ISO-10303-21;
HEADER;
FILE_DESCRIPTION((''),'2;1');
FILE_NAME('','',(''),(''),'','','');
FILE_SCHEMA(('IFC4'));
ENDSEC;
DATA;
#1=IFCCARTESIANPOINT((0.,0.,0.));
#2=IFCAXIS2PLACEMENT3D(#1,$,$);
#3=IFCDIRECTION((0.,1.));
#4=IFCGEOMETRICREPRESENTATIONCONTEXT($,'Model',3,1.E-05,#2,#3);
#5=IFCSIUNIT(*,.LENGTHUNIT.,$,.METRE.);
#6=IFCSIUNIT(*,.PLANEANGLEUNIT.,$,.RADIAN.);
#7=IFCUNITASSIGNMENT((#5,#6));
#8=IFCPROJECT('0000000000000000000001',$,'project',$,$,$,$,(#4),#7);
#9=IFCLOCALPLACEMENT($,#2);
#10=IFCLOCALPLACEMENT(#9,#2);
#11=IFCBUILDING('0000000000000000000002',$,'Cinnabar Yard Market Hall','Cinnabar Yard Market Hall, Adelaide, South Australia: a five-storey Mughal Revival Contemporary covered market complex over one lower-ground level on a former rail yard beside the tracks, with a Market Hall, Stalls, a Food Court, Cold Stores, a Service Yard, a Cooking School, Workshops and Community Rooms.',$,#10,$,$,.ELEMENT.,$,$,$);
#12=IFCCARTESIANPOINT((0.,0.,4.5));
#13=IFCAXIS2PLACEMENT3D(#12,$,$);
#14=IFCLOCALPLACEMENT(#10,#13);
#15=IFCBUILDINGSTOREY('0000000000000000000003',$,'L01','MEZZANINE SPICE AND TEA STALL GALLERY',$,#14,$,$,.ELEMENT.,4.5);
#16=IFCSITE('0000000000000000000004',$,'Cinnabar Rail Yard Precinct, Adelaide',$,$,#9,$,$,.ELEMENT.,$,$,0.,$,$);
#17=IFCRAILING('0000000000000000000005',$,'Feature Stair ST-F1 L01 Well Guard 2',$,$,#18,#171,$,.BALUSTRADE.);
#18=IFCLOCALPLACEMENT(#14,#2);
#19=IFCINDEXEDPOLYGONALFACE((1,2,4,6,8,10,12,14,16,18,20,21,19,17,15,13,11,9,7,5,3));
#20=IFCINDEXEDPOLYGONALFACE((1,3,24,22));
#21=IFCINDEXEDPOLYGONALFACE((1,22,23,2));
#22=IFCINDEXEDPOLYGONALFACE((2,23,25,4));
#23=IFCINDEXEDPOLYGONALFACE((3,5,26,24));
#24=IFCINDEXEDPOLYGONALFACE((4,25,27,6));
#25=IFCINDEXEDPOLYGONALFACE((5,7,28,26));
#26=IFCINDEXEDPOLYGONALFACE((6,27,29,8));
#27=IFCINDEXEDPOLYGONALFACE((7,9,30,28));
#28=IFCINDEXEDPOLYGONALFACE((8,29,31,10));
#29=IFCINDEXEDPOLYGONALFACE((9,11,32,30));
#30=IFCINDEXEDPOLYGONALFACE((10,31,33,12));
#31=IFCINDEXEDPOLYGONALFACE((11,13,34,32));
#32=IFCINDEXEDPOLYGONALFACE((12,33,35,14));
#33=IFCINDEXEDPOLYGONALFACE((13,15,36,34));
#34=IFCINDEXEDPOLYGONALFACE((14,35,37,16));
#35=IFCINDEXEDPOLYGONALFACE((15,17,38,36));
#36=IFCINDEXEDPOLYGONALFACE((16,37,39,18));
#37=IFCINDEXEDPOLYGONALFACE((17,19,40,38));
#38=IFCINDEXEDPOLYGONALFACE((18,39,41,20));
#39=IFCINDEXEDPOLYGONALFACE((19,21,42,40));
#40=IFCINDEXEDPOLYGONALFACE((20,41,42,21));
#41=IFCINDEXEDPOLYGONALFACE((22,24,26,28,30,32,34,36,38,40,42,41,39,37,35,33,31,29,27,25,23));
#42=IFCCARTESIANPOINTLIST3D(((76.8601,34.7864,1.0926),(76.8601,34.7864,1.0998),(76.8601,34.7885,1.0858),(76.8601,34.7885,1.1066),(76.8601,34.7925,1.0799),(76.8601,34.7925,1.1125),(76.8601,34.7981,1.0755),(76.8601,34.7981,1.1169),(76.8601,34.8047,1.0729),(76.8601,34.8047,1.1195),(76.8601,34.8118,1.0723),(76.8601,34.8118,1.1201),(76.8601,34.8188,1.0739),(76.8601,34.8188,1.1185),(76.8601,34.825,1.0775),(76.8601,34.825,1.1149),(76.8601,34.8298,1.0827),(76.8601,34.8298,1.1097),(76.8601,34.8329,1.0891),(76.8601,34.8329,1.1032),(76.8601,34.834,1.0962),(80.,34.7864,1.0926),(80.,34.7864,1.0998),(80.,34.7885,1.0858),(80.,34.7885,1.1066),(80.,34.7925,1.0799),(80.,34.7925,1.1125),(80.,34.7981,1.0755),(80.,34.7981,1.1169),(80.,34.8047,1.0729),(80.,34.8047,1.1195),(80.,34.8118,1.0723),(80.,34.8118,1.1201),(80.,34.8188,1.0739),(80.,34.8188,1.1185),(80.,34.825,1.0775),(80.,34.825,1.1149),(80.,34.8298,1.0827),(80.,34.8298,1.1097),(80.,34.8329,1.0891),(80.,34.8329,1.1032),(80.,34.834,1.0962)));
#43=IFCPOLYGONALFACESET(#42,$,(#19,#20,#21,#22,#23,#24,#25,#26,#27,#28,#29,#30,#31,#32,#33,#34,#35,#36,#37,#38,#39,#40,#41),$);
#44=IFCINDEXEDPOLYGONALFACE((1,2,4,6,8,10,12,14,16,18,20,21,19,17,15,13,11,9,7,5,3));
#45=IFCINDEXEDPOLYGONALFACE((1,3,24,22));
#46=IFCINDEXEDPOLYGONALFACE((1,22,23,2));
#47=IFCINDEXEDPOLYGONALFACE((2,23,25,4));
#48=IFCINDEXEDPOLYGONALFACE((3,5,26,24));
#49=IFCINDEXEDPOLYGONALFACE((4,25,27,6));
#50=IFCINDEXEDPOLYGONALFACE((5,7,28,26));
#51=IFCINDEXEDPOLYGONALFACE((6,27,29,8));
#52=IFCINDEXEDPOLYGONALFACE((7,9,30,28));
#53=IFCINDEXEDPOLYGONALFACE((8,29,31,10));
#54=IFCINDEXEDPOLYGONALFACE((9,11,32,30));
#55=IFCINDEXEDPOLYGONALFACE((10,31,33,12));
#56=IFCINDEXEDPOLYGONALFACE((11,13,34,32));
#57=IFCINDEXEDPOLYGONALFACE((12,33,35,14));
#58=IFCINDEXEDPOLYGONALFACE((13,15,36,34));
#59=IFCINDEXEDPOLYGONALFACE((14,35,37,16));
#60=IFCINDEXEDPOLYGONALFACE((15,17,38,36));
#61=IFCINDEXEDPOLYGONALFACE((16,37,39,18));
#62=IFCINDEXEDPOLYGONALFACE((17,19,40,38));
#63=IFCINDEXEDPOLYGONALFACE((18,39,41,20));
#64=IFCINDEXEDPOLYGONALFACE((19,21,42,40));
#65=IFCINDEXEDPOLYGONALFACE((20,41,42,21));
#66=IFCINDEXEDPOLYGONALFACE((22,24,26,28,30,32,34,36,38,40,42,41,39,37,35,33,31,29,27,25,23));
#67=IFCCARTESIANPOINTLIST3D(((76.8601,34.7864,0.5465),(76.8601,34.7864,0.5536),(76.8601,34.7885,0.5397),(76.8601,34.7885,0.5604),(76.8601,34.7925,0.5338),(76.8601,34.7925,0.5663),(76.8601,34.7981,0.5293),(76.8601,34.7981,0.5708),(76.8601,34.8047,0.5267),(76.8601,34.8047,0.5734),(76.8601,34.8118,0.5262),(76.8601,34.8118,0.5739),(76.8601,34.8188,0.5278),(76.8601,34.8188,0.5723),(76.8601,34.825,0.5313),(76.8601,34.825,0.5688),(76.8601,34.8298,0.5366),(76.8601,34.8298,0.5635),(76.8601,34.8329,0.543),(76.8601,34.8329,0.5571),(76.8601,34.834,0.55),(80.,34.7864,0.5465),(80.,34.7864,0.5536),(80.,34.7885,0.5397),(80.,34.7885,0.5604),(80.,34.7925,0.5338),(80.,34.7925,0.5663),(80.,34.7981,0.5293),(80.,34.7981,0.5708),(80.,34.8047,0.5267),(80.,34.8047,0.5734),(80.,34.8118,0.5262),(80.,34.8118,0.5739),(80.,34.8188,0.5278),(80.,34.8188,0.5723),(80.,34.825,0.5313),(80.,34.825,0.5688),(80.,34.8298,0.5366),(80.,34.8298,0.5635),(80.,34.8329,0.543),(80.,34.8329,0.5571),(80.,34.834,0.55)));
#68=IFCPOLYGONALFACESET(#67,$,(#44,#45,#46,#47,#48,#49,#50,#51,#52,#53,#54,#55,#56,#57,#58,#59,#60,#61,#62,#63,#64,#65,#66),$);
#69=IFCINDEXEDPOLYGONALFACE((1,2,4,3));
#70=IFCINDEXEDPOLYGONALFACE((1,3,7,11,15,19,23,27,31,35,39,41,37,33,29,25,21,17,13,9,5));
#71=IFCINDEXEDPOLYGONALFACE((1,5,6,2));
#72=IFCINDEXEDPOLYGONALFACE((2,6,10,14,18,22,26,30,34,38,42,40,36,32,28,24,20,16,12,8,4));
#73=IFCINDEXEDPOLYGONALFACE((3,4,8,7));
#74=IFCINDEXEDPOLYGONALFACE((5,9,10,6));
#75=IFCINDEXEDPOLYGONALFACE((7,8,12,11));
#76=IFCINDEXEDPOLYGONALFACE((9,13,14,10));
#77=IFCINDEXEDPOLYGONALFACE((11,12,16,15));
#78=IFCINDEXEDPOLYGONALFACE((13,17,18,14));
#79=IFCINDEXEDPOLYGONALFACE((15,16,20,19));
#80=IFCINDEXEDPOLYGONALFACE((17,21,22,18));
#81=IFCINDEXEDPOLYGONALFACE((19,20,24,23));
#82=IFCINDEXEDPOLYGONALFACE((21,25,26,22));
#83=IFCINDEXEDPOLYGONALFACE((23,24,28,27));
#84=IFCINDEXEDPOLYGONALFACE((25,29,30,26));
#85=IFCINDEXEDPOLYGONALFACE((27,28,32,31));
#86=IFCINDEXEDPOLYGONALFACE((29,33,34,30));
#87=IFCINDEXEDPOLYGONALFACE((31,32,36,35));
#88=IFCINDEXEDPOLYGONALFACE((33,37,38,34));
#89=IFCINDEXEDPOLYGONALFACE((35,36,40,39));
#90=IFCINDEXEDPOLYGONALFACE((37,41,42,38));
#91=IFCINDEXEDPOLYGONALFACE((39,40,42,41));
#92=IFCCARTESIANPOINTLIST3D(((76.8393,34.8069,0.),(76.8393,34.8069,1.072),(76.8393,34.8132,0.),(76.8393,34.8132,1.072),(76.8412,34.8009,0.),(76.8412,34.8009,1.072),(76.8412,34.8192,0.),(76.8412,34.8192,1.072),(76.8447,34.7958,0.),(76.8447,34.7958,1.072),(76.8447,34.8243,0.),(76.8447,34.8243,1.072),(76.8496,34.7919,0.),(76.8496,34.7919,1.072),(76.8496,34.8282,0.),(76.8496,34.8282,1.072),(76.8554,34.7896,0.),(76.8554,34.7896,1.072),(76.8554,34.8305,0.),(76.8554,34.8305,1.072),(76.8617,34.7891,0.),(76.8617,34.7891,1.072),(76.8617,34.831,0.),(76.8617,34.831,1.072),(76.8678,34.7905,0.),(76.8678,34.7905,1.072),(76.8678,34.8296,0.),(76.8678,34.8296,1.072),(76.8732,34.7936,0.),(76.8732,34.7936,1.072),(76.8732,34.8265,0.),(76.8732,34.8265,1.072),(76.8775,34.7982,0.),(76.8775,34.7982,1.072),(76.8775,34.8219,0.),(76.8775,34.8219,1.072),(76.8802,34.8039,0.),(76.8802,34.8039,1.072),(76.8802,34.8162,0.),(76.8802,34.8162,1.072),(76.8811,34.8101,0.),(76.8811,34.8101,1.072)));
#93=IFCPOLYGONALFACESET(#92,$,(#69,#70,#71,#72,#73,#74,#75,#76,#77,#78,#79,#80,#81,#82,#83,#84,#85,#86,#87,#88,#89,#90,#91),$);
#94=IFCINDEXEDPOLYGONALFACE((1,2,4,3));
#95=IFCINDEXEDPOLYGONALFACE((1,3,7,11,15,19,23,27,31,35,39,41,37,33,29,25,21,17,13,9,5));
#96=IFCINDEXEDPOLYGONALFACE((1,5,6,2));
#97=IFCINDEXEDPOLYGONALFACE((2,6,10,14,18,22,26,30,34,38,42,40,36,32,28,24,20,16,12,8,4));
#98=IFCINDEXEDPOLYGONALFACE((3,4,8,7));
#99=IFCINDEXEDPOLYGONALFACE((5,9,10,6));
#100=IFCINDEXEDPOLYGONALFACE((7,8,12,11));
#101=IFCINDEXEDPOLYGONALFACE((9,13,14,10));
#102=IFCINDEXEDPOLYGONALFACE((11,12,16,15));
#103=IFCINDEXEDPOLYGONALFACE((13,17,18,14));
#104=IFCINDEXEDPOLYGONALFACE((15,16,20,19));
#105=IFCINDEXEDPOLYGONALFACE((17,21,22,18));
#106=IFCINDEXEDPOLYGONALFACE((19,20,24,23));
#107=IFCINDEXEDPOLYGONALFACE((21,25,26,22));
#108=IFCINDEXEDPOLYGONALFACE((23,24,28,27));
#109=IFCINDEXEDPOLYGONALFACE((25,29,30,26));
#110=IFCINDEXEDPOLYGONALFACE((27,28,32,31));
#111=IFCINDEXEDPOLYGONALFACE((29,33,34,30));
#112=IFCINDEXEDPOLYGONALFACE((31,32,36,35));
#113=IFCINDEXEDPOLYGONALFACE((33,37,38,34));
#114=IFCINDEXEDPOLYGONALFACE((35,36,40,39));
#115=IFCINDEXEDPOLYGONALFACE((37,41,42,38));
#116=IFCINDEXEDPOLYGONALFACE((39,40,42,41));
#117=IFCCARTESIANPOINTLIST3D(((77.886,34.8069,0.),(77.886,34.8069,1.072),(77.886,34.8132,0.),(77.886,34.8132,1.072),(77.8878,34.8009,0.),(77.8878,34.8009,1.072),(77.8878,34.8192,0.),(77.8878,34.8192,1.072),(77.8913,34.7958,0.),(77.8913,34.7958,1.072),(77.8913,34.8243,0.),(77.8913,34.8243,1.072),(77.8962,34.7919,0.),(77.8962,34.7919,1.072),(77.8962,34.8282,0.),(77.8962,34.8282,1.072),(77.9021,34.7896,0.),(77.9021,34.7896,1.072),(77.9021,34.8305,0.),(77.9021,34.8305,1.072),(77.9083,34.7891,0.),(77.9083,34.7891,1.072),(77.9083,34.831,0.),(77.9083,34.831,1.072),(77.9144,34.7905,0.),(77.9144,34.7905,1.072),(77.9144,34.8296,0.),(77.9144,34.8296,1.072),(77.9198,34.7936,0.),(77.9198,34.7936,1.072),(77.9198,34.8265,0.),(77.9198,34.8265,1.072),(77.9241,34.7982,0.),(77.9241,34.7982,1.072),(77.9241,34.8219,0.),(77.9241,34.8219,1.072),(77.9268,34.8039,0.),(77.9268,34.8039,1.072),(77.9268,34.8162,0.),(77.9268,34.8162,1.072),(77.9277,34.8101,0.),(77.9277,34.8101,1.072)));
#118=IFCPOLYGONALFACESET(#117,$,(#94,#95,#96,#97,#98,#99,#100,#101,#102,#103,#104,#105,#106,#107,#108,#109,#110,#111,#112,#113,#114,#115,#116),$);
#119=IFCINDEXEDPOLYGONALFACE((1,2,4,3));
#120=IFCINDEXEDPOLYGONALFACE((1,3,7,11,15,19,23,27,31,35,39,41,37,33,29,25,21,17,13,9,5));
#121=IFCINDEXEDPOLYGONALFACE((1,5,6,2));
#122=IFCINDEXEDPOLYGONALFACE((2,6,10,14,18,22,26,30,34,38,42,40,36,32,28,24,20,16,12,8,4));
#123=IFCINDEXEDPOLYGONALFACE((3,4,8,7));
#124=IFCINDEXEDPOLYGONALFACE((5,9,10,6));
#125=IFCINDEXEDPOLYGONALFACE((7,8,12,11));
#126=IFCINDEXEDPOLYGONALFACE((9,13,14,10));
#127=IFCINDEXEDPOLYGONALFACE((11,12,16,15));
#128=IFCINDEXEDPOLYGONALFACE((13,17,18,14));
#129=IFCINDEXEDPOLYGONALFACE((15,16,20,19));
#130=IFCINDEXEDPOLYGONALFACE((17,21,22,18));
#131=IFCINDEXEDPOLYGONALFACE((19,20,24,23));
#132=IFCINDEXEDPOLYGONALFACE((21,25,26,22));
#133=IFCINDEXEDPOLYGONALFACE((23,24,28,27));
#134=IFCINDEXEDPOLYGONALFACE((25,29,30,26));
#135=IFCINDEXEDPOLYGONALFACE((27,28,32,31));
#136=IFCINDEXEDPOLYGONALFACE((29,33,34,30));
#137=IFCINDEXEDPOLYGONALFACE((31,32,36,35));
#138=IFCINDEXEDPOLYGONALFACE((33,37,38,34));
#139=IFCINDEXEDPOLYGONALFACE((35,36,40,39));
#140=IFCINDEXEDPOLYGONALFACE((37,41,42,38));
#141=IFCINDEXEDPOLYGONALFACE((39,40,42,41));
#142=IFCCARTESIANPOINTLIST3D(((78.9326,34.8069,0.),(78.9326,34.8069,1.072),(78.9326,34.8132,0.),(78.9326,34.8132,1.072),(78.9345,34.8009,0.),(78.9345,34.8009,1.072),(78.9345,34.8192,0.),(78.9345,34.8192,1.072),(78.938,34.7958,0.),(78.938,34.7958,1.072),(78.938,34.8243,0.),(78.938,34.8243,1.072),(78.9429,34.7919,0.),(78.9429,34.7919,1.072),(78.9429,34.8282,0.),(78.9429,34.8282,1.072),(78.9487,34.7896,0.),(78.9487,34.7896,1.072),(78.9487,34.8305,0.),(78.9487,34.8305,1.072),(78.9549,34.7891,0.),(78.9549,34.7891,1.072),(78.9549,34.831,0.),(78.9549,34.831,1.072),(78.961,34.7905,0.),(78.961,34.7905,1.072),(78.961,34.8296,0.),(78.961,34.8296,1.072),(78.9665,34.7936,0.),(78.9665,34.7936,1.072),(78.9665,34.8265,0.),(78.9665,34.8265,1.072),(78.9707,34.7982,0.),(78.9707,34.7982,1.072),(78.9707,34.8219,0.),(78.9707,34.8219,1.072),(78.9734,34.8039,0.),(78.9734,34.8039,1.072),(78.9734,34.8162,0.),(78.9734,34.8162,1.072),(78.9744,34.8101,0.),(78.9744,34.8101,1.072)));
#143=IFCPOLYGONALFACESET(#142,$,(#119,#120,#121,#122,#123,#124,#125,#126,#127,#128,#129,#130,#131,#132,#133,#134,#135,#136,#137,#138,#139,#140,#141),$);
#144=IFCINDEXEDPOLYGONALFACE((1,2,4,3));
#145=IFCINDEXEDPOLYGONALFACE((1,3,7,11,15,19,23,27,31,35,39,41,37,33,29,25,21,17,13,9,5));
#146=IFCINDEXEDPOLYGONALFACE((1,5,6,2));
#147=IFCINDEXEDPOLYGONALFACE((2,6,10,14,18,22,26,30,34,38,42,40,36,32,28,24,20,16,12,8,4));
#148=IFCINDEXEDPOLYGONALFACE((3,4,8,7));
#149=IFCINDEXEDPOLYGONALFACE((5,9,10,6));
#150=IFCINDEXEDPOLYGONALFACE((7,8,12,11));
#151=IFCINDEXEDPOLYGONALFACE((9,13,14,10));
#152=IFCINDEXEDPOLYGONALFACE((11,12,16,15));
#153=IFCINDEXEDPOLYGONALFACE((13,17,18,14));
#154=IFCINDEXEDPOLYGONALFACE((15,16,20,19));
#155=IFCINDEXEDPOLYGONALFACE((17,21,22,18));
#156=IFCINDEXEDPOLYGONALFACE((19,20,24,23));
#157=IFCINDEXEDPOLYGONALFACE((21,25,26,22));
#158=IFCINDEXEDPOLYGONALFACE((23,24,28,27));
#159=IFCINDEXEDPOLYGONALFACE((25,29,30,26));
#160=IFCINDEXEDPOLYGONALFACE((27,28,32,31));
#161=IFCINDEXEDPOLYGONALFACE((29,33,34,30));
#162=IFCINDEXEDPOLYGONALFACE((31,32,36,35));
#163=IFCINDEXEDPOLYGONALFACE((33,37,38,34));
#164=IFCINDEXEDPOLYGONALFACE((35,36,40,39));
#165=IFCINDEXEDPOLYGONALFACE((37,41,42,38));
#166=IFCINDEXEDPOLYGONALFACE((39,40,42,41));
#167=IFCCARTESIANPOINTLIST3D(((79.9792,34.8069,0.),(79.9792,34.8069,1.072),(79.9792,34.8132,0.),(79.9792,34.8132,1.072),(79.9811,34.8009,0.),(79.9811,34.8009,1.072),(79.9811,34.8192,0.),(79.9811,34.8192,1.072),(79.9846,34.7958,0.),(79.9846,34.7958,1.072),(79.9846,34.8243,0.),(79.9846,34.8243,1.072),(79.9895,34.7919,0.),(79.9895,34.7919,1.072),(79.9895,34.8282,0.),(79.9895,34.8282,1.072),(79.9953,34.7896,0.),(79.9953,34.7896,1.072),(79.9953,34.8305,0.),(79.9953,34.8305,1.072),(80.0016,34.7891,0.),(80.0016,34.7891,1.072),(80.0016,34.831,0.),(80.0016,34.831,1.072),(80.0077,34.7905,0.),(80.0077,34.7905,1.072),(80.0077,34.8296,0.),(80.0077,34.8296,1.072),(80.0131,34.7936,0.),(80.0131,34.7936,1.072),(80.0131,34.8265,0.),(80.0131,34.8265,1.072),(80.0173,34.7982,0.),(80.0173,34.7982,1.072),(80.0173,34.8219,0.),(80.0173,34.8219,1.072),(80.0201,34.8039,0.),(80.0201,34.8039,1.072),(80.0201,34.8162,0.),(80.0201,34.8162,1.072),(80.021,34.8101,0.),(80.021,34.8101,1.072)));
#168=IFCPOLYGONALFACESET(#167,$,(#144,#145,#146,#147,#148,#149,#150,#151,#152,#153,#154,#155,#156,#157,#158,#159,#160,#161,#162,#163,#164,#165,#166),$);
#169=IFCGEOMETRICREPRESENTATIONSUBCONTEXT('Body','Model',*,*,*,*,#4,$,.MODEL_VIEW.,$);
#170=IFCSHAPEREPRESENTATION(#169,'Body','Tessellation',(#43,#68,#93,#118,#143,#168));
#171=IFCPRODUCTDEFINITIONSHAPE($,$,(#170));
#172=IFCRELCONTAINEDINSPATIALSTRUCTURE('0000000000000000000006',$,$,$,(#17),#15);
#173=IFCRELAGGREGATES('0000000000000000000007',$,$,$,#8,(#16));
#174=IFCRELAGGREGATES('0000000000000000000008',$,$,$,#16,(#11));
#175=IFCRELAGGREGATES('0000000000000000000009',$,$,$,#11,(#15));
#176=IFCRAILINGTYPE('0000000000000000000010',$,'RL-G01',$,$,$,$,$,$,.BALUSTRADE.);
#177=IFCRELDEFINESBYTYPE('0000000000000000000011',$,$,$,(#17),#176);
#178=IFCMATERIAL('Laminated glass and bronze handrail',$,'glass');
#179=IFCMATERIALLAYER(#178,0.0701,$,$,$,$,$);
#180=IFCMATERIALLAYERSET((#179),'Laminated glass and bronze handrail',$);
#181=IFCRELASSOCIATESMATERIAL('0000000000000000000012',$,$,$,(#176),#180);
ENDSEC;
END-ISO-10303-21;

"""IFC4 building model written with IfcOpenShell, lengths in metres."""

from ifc_helpers import new_model, si_unit, direction, frame, origin, origin_2d_with_axis, place, context, subcontext, project, spatial, circle, extrude, material, layer, layer_set, type_object, element, save


model = new_model("IFC4")

# Units and contexts
model_context = context("Model", 3, precision=1e-05, world=origin(), true_north=direction((0.0, 1.0)))
body_context = subcontext(model_context, "Body", "Model", "MODEL_VIEW")
ifc_project = project(units=[si_unit("LENGTHUNIT", "METRE"), si_unit("PLANEANGLEUNIT", "RADIAN")], contexts=[model_context])

# Site, building, storey
site_placement = place(None, origin())
site = spatial("IfcSite", under=ifc_project, at=site_placement, Name="Cinnabar Rail Yard Precinct, Adelaide", CompositionType="ELEMENT", RefElevation=0.0)
building_placement = place(site_placement, origin())
building = spatial("IfcBuilding", under=site, at=building_placement, Name="Cinnabar Yard Market Hall", Description="Cinnabar Yard Market Hall, Adelaide, South Australia: a five-storey Mughal Revival Contemporary covered market complex over one lower-ground level on a former rail yard beside the tracks, with a Market Hall, Stalls, a Food Court, Cold Stores, a Service Yard, a Cooking School, Workshops and Community Rooms.", CompositionType="ELEMENT")
storey_placement = place(building_placement, frame((0.0, 0.0, 4.5)))
storey = spatial("IfcBuildingStorey", under=building, at=storey_placement, Name="L01", Description="MEZZANINE SPICE AND TEA STALL GALLERY", CompositionType="ELEMENT", Elevation=4.5)

# Railing
ifc_material_1 = material(Name="Laminated glass and bronze handrail", Category="glass")
ifc_layer_1 = layer(ifc_material_1, 0.0701)
ifc_layer_set_1 = layer_set([ifc_layer_1], Name="Laminated glass and bronze handrail")
railing_type_1 = type_object("IfcRailingType", Name="RL-G01", PredefinedType="BALUSTRADE", material=ifc_layer_set_1)
railing_1_placement = place(storey_placement, frame((76.8601, 34.8101, 0.0)))
element("IfcRailing", 1, at=railing_1_placement, inside=storey, type_object=railing_type_1, Name="Feature Stair ST-F1 L01 Well Guard 2", PredefinedType="BALUSTRADE", context=body_context, shape_type="SweptSolid", body=[
    extrude(circle(Radius=0.0239, at=origin_2d_with_axis()), frame((0.0, 0.0, 1.0962), z_axis=(1.0, 0.0, 0.0), x_axis=(0.0, 1.0, 0.0)), (0.0, 0.0, 1.0), 3.1399),
    extrude(circle(Radius=0.0239, at=origin_2d_with_axis()), frame((0.0, 0.0, 0.55), z_axis=(1.0, 0.0, 0.0), x_axis=(0.0, 1.0, 0.0)), (0.0, 0.0, 1.0), 3.1399),
    extrude(circle(Radius=0.021, at=origin_2d_with_axis()), origin(), (0.0, 0.0, 1.0), 1.072),
    extrude(circle(Radius=0.021, at=origin_2d_with_axis()), frame((1.0466, 0.0, 0.0)), (0.0, 0.0, 1.0), 1.072),
    extrude(circle(Radius=0.021, at=origin_2d_with_axis()), frame((2.0933, 0.0, 0.0)), (0.0, 0.0, 1.0), 1.072),
    extrude(circle(Radius=0.021, at=origin_2d_with_axis()), frame((3.1399, 0.0, 0.0)), (0.0, 0.0, 1.0), 1.072),
])

save(model, "model.ifc")
